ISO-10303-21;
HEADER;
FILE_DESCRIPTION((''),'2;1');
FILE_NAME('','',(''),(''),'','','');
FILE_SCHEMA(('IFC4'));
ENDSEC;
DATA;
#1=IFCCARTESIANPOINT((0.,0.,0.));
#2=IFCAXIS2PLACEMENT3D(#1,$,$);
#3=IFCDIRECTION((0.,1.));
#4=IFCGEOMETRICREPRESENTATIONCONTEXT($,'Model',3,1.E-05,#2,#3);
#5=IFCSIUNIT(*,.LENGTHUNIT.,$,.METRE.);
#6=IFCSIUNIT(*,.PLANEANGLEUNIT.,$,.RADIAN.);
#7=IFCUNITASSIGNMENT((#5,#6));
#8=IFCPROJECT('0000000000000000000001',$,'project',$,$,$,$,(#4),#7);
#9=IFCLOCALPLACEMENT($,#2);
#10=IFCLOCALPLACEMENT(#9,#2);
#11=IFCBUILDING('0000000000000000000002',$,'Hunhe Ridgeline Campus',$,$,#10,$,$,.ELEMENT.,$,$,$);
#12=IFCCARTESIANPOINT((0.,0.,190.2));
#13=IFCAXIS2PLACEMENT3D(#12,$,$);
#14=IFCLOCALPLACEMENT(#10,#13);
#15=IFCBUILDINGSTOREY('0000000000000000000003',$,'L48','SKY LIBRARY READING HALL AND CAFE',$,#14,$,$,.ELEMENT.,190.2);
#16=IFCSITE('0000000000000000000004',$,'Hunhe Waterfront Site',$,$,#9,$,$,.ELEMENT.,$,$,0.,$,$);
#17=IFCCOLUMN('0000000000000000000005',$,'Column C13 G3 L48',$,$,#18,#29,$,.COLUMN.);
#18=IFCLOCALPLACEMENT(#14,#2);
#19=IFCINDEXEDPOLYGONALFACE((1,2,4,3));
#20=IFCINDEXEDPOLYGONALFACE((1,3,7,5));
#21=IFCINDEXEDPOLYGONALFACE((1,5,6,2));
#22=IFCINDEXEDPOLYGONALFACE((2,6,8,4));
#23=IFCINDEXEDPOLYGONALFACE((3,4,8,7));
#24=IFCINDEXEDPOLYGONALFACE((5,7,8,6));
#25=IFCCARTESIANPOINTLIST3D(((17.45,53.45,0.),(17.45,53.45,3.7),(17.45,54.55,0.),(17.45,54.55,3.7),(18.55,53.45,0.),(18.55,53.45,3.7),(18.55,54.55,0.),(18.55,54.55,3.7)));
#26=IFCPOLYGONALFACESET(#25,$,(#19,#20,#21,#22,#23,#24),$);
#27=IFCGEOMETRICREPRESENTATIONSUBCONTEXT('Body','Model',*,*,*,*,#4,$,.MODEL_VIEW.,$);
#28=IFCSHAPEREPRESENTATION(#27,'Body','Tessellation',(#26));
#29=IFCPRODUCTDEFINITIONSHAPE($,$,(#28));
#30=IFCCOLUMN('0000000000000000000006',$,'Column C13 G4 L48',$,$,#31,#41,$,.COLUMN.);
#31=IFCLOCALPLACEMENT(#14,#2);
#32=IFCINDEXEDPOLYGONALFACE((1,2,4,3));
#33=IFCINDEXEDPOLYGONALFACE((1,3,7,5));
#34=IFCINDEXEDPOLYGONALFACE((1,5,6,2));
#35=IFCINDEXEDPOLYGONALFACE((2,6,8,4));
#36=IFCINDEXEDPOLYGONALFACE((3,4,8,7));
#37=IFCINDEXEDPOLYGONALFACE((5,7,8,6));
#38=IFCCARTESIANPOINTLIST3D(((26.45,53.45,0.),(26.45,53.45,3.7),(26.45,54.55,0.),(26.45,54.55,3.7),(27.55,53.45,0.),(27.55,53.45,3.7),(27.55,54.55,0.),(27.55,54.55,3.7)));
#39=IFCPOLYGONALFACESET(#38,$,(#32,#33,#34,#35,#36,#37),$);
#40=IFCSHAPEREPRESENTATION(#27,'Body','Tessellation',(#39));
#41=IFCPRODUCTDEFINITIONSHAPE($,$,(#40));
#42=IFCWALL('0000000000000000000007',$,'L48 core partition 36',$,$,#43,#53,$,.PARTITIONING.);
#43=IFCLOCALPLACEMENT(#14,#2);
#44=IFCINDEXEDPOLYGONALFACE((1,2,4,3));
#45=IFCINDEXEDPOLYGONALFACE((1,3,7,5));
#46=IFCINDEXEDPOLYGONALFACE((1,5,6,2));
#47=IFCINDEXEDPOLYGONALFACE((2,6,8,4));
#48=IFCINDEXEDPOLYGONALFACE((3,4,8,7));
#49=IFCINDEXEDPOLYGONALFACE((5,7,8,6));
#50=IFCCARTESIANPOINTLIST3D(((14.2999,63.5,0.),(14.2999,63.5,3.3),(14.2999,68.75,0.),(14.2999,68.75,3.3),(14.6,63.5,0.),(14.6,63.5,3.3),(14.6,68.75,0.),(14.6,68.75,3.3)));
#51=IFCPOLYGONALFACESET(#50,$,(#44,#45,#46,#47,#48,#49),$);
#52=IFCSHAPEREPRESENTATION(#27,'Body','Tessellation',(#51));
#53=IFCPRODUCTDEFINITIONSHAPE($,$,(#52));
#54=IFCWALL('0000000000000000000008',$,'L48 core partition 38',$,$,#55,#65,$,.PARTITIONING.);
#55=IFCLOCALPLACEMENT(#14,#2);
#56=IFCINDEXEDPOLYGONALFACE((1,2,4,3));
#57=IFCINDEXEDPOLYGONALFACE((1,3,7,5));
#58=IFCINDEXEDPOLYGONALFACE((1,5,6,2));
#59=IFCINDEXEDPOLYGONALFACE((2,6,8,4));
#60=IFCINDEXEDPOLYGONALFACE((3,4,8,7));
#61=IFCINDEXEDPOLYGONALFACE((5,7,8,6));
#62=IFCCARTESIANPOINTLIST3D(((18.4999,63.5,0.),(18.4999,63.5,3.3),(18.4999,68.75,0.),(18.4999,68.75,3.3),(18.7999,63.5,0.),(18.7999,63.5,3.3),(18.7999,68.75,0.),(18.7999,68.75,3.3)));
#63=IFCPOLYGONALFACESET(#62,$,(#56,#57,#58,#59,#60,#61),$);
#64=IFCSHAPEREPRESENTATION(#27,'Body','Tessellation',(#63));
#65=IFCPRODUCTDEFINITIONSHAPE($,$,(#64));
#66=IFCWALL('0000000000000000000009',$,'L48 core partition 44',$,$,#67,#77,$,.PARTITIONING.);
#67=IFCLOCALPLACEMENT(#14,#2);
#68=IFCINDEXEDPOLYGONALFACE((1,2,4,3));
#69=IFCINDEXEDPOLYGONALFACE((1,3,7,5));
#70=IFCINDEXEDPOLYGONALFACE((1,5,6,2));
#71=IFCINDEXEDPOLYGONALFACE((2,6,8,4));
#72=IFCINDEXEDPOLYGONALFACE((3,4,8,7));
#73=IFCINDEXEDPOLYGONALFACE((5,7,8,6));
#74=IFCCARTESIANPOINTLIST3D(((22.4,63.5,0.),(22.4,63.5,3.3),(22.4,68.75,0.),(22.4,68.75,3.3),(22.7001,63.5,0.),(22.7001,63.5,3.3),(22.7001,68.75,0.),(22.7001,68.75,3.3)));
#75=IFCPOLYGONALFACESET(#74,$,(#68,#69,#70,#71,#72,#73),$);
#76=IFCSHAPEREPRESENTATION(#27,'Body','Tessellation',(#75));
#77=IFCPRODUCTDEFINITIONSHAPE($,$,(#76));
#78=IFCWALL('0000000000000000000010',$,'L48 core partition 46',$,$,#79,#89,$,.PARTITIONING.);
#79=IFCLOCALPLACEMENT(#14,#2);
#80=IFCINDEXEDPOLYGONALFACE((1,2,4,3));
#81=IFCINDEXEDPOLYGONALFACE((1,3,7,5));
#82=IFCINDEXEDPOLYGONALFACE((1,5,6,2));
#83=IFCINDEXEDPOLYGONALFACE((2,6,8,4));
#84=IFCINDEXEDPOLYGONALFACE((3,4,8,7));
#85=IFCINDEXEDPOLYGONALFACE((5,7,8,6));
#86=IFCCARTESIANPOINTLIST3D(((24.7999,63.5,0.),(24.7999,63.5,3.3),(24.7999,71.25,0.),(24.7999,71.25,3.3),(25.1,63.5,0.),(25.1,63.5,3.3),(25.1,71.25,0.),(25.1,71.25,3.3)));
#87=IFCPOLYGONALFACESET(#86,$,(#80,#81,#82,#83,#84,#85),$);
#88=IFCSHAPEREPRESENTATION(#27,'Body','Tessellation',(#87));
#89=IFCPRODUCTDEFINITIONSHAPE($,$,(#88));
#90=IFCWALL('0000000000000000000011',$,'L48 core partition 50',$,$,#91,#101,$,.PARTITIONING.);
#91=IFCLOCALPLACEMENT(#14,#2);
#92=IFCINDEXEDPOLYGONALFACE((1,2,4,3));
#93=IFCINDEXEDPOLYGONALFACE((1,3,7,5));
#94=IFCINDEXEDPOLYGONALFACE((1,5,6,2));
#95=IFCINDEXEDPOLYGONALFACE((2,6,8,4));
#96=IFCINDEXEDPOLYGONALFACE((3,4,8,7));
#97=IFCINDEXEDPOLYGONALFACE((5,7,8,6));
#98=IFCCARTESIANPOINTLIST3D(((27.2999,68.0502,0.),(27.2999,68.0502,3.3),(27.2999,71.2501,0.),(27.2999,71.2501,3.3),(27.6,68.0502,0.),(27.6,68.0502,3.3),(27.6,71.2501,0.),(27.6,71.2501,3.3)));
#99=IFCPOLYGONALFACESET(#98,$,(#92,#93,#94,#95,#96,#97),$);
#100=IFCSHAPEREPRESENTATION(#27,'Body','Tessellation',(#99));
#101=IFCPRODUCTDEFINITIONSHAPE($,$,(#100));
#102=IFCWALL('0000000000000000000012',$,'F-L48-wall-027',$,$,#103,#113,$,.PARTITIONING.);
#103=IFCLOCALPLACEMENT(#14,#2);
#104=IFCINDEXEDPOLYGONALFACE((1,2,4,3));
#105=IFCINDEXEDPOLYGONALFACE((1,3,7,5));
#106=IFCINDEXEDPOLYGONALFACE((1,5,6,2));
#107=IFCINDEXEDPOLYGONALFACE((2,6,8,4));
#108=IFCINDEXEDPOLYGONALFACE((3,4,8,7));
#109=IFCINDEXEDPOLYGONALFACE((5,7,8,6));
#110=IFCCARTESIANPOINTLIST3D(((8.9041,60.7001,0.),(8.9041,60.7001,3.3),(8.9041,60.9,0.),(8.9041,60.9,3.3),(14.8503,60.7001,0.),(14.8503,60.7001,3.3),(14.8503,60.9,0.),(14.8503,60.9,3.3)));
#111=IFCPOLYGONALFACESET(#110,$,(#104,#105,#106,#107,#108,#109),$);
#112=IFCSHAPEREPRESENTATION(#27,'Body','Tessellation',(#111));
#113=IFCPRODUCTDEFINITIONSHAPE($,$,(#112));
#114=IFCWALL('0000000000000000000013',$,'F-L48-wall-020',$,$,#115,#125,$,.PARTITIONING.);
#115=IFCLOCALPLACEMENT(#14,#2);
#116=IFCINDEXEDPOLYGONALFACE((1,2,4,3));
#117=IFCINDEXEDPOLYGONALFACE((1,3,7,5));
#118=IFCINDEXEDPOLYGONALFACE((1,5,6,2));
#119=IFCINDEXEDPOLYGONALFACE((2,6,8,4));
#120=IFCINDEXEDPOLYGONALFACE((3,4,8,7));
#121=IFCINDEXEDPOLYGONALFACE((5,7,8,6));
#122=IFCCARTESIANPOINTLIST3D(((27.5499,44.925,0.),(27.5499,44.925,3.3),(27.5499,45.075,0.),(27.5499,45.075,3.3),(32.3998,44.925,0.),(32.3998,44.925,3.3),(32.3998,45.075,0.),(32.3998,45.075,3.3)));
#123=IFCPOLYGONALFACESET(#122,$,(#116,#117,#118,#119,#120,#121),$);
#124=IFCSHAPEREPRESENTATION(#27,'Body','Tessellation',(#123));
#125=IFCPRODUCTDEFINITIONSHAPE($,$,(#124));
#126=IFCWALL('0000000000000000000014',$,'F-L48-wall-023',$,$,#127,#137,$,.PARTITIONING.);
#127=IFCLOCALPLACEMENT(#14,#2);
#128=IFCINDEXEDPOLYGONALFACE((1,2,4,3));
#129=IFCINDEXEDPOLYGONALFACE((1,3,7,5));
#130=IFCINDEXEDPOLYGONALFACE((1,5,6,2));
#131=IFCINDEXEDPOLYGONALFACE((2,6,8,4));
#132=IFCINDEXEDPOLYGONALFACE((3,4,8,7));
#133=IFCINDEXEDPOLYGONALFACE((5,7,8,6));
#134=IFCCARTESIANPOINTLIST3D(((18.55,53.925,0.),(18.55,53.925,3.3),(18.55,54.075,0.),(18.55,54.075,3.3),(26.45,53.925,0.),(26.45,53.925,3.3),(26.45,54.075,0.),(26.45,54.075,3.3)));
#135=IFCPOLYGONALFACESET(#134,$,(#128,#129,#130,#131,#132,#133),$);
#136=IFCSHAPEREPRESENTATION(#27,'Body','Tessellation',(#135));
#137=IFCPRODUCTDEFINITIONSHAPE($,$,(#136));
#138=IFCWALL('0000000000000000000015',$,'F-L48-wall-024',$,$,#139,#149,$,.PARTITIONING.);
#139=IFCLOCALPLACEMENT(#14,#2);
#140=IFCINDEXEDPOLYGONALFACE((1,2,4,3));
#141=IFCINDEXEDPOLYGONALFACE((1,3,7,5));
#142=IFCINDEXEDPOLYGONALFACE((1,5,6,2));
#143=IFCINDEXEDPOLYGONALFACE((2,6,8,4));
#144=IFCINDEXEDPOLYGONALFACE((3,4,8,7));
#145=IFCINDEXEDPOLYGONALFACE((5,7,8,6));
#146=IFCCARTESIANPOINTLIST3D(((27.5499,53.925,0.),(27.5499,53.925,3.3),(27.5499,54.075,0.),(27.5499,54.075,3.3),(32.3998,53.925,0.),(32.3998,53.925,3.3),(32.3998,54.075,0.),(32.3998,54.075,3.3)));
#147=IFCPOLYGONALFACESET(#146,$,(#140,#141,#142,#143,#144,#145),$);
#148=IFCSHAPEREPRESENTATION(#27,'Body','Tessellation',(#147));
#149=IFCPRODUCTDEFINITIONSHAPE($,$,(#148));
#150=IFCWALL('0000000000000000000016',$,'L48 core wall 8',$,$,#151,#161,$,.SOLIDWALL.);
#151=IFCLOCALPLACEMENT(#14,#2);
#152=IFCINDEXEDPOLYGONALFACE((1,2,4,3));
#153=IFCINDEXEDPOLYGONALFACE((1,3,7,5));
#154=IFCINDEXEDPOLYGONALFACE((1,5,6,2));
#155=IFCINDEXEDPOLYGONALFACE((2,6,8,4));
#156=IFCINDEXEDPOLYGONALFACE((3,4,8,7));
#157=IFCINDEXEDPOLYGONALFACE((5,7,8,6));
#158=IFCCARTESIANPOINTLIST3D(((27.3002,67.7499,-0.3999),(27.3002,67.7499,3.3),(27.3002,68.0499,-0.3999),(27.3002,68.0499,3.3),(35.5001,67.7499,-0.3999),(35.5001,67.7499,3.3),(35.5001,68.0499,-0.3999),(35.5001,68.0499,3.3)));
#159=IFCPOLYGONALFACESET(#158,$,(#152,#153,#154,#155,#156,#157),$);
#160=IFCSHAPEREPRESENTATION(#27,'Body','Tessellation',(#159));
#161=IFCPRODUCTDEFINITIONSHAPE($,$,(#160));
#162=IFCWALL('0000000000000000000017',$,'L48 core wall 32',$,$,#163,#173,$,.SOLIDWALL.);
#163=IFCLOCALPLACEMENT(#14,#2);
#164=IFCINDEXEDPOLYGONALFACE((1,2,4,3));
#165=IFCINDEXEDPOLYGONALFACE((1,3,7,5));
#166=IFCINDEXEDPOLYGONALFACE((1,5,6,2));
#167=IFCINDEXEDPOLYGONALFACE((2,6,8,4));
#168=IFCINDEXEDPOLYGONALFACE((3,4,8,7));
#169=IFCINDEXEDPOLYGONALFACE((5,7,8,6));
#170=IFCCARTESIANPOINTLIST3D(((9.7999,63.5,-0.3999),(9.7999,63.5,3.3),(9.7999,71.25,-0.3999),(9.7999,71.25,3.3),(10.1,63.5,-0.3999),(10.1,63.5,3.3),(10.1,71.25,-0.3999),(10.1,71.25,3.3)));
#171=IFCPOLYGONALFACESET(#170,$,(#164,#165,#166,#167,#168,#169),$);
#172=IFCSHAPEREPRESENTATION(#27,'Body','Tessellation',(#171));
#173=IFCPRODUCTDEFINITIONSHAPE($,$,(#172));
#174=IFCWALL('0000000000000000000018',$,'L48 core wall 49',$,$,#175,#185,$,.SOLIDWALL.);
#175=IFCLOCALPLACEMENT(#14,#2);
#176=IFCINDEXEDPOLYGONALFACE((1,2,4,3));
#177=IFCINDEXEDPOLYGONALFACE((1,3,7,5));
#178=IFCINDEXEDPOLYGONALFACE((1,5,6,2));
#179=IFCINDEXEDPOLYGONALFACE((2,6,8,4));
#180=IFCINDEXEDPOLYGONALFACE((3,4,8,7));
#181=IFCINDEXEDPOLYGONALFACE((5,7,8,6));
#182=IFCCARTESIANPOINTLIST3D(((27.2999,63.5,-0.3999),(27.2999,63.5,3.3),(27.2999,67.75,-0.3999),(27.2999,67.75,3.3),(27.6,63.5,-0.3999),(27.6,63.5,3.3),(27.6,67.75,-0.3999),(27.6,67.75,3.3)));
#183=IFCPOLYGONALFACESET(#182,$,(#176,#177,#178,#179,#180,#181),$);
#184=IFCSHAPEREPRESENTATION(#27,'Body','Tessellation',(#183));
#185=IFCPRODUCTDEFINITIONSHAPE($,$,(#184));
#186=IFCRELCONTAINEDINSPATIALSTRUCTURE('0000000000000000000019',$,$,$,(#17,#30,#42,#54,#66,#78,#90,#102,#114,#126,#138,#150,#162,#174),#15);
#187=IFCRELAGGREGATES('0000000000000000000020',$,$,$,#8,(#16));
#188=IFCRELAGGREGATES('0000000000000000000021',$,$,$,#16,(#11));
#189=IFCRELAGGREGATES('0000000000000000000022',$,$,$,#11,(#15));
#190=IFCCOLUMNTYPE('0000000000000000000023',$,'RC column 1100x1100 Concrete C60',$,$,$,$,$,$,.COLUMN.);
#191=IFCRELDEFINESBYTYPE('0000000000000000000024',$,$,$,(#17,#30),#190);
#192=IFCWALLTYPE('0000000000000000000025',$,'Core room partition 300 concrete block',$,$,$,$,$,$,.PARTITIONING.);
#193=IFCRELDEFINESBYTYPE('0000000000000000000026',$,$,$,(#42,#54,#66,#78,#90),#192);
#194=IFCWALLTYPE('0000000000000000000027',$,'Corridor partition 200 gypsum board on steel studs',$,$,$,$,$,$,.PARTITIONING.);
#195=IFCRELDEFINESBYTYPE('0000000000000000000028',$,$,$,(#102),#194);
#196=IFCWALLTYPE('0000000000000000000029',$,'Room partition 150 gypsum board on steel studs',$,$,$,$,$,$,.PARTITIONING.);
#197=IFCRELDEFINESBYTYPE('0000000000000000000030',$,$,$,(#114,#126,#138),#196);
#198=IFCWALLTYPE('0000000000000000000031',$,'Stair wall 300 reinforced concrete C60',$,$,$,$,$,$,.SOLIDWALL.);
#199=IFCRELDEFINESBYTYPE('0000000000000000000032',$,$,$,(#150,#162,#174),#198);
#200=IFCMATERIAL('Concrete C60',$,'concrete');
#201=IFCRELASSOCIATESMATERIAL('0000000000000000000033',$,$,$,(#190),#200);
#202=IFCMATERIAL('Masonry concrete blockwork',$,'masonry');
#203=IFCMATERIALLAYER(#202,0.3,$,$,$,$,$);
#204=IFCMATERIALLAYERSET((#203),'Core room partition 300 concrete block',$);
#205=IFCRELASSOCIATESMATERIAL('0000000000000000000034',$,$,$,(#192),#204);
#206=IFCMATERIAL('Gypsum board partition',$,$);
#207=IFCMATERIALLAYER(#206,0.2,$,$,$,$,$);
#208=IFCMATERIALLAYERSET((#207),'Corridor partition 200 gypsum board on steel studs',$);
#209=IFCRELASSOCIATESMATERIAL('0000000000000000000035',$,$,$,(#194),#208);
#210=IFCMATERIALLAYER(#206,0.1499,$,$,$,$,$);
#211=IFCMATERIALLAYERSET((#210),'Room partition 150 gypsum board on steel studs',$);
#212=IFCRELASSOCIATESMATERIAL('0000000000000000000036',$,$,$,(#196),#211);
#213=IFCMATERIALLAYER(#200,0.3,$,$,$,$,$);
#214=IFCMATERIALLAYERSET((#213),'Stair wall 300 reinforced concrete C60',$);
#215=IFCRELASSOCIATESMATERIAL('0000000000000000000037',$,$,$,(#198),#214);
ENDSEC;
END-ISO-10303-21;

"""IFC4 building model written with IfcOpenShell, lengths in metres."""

from ifc_helpers import new_model, si_unit, direction, frame, frame_2d, origin, origin_2d, place, context, subcontext, project, spatial, rectangle, extrude, material, layer, layer_set, material_profile, profile_set, type_object, element, save


model = new_model("IFC4")

# Units and contexts
model_context = context("Model", 3, precision=1e-05, world=origin(), true_north=direction((0.0, 1.0)))
body_context = subcontext(model_context, "Body", "Model", "MODEL_VIEW")
ifc_project = project(units=[si_unit("LENGTHUNIT", "METRE"), si_unit("PLANEANGLEUNIT", "RADIAN")], contexts=[model_context])

# Site, building, storey
site_placement = place(None, origin())
site = spatial("IfcSite", under=ifc_project, at=site_placement, Name="Hunhe Waterfront Site", CompositionType="ELEMENT", RefElevation=0.0)
building_placement = place(site_placement, origin())
building = spatial("IfcBuilding", under=site, at=building_placement, Name="Hunhe Ridgeline Campus", CompositionType="ELEMENT")
storey_placement = place(building_placement, frame((0.0, 0.0, 190.2)))
storey = spatial("IfcBuildingStorey", under=building, at=storey_placement, Name="L48", Description="SKY LIBRARY READING HALL AND CAFE", CompositionType="ELEMENT", Elevation=190.2)

# Columns
ifc_material_1 = material(Name="Concrete C60", Category="concrete")
ifc_material_profile = material_profile(ifc_material_1, rectangle(XDim=1.1001, YDim=1.1001, at=origin_2d()))
ifc_profile_set = profile_set([ifc_material_profile], Name="Concrete C60")
column_type = type_object("IfcColumnType", Name="RC column 1100x1100 Concrete C60", PredefinedType="COLUMN", material=ifc_profile_set)
for number, where, z_axis, x_axis, name in (
    (1, (18.0, 54.0, 0.0), (0.0, 0.0, 1.0), (1.0, 0.0, 0.0), "Column C13 G3 L48"),
    (2, (27.0, 54.0, 0.0), (0.0, 0.0, 1.0), (1.0, 0.0, 0.0), "Column C13 G4 L48"),
):
    element("IfcColumn", number, at=place(storey_placement, frame(where, z_axis=z_axis, x_axis=x_axis)), inside=storey, type_object=column_type, Name=name, PredefinedType="COLUMN", context=body_context, shape_type="SweptSolid", body=[
        extrude(rectangle(XDim=1.1001, YDim=1.1001, at=origin_2d()), origin(), (0.0, 0.0, 1.0), 3.7),
    ])

# Walls
ifc_material_2 = material(Name="Masonry concrete blockwork", Category="masonry")
ifc_layer_1 = layer(ifc_material_2, 0.3)
ifc_layer_set_1 = layer_set([ifc_layer_1], Name="Core room partition 300 concrete block")
wall_type_1 = type_object("IfcWallType", Name="Core room partition 300 concrete block", PredefinedType="PARTITIONING", material=ifc_layer_set_1)
for number, where, z_axis, x_axis, name in (
    (3, (14.45, 63.5, 0.0), (0.0, 0.0, 1.0), (0.0, 1.0, 0.0), "L48 core partition 36"),
    (4, (18.6499, 63.5, 0.0), (0.0, 0.0, 1.0), (0.0, 1.0, 0.0), "L48 core partition 38"),
    (5, (22.55, 63.5, 0.0), (0.0, 0.0, 1.0), (0.0, 1.0, 0.0), "L48 core partition 44"),
):
    element("IfcWall", number, at=place(storey_placement, frame(where, z_axis=z_axis, x_axis=x_axis)), inside=storey, type_object=wall_type_1, Name=name, PredefinedType="PARTITIONING", context=body_context, shape_type="SweptSolid", body=[
        extrude(rectangle(XDim=5.25, YDim=0.3, at=frame_2d((2.625, 0.0))), origin(), (0.0, 0.0, 1.0), 3.3),
    ])
wall_1_placement = place(storey_placement, frame((24.95, 63.5, 0.0), z_axis=(0.0, 0.0, 1.0), x_axis=(0.0, 1.0, 0.0)))
element("IfcWall", 6, at=wall_1_placement, inside=storey, type_object=wall_type_1, Name="L48 core partition 46", PredefinedType="PARTITIONING", context=body_context, shape_type="SweptSolid", body=[
    extrude(rectangle(XDim=7.75, YDim=0.3, at=frame_2d((3.875, 0.0))), origin(), (0.0, 0.0, 1.0), 3.3),
])
wall_2_placement = place(storey_placement, frame((27.45, 68.05, 0.0), z_axis=(0.0, 0.0, 1.0), x_axis=(0.0, 1.0, 0.0)))
element("IfcWall", 7, at=wall_2_placement, inside=storey, type_object=wall_type_1, Name="L48 core partition 50", PredefinedType="PARTITIONING", context=body_context, shape_type="SweptSolid", body=[
    extrude(rectangle(XDim=3.2, YDim=0.3, at=frame_2d((1.6001, 0.0))), origin(), (0.0, 0.0, 1.0), 3.3),
])
ifc_material_3 = material(Name="Gypsum board partition")
ifc_layer_2 = layer(ifc_material_3, 0.2)
ifc_layer_set_2 = layer_set([ifc_layer_2], Name="Corridor partition 200 gypsum board on steel studs")
wall_type_2 = type_object("IfcWallType", Name="Corridor partition 200 gypsum board on steel studs", PredefinedType="PARTITIONING", material=ifc_layer_set_2)
wall_3_placement = place(storey_placement, frame((14.8503, 60.8, 0.0), z_axis=(0.0, 0.0, 1.0), x_axis=(-1.0, 0.0, 0.0)))
element("IfcWall", 8, at=wall_3_placement, inside=storey, type_object=wall_type_2, Name="F-L48-wall-027", PredefinedType="PARTITIONING", context=body_context, shape_type="SweptSolid", body=[
    extrude(rectangle(XDim=5.9463, YDim=0.2, at=frame_2d((2.9731, 0.0))), origin(), (0.0, 0.0, 1.0), 3.3),
])

# Walls
ifc_layer_3 = layer(ifc_material_3, 0.1499)
ifc_layer_set_3 = layer_set([ifc_layer_3], Name="Room partition 150 gypsum board on steel studs")
wall_type_3 = type_object("IfcWallType", Name="Room partition 150 gypsum board on steel studs", PredefinedType="PARTITIONING", material=ifc_layer_set_3)
wall_4_placement = place(storey_placement, frame((27.55, 45.0, 0.0), z_axis=(0.0, 0.0, 1.0), x_axis=(1.0, 0.0, 0.0)))
element("IfcWall", 9, at=wall_4_placement, inside=storey, type_object=wall_type_3, Name="F-L48-wall-020", PredefinedType="PARTITIONING", context=body_context, shape_type="SweptSolid", body=[
    extrude(rectangle(XDim=4.8499, YDim=0.1499, at=frame_2d((2.4248, 0.0))), origin(), (0.0, 0.0, 1.0), 3.3),
])
wall_5_placement = place(storey_placement, frame((18.55, 54.0, 0.0), z_axis=(0.0, 0.0, 1.0), x_axis=(1.0, 0.0, 0.0)))
element("IfcWall", 10, at=wall_5_placement, inside=storey, type_object=wall_type_3, Name="F-L48-wall-023", PredefinedType="PARTITIONING", context=body_context, shape_type="SweptSolid", body=[
    extrude(rectangle(XDim=7.8999, YDim=0.1499, at=frame_2d((3.95, 0.0))), origin(), (0.0, 0.0, 1.0), 3.3),
])
wall_6_placement = place(storey_placement, frame((27.55, 54.0, 0.0), z_axis=(0.0, 0.0, 1.0), x_axis=(1.0, 0.0, 0.0)))
element("IfcWall", 11, at=wall_6_placement, inside=storey, type_object=wall_type_3, Name="F-L48-wall-024", PredefinedType="PARTITIONING", context=body_context, shape_type="SweptSolid", body=[
    extrude(rectangle(XDim=4.8499, YDim=0.1499, at=frame_2d((2.4248, 0.0))), origin(), (0.0, 0.0, 1.0), 3.3),
])
ifc_layer_4 = layer(ifc_material_1, 0.3)
ifc_layer_set_4 = layer_set([ifc_layer_4], Name="Stair wall 300 reinforced concrete C60")
wall_type_4 = type_object("IfcWallType", Name="Stair wall 300 reinforced concrete C60", PredefinedType="SOLIDWALL", material=ifc_layer_set_4)
wall_7_placement = place(storey_placement, frame((27.3, 67.8999, -0.3999), z_axis=(0.0, 0.0, 1.0), x_axis=(1.0, 0.0, 0.0)))
element("IfcWall", 12, at=wall_7_placement, inside=storey, type_object=wall_type_4, Name="L48 core wall 8", PredefinedType="SOLIDWALL", context=body_context, shape_type="SweptSolid", body=[
    extrude(rectangle(XDim=8.2, YDim=0.3, at=frame_2d((4.1001, 0.0))), origin(), (0.0, 0.0, 1.0), 3.7),
])
wall_8_placement = place(storey_placement, frame((9.95, 63.5, -0.3999), z_axis=(0.0, 0.0, 1.0), x_axis=(0.0, 1.0, 0.0)))
element("IfcWall", 13, at=wall_8_placement, inside=storey, type_object=wall_type_4, Name="L48 core wall 32", PredefinedType="SOLIDWALL", context=body_context, shape_type="SweptSolid", body=[
    extrude(rectangle(XDim=7.75, YDim=0.3, at=frame_2d((3.875, 0.0))), origin(), (0.0, 0.0, 1.0), 3.7),
])
wall_9_placement = place(storey_placement, frame((27.45, 63.5, -0.3999), z_axis=(0.0, 0.0, 1.0), x_axis=(0.0, 1.0, 0.0)))
element("IfcWall", 14, at=wall_9_placement, inside=storey, type_object=wall_type_4, Name="L48 core wall 49", PredefinedType="SOLIDWALL", context=body_context, shape_type="SweptSolid", body=[
    extrude(rectangle(XDim=4.25, YDim=0.3, at=frame_2d((2.125, 0.0))), origin(), (0.0, 0.0, 1.0), 3.7),
])

save(model, "model.ifc")
